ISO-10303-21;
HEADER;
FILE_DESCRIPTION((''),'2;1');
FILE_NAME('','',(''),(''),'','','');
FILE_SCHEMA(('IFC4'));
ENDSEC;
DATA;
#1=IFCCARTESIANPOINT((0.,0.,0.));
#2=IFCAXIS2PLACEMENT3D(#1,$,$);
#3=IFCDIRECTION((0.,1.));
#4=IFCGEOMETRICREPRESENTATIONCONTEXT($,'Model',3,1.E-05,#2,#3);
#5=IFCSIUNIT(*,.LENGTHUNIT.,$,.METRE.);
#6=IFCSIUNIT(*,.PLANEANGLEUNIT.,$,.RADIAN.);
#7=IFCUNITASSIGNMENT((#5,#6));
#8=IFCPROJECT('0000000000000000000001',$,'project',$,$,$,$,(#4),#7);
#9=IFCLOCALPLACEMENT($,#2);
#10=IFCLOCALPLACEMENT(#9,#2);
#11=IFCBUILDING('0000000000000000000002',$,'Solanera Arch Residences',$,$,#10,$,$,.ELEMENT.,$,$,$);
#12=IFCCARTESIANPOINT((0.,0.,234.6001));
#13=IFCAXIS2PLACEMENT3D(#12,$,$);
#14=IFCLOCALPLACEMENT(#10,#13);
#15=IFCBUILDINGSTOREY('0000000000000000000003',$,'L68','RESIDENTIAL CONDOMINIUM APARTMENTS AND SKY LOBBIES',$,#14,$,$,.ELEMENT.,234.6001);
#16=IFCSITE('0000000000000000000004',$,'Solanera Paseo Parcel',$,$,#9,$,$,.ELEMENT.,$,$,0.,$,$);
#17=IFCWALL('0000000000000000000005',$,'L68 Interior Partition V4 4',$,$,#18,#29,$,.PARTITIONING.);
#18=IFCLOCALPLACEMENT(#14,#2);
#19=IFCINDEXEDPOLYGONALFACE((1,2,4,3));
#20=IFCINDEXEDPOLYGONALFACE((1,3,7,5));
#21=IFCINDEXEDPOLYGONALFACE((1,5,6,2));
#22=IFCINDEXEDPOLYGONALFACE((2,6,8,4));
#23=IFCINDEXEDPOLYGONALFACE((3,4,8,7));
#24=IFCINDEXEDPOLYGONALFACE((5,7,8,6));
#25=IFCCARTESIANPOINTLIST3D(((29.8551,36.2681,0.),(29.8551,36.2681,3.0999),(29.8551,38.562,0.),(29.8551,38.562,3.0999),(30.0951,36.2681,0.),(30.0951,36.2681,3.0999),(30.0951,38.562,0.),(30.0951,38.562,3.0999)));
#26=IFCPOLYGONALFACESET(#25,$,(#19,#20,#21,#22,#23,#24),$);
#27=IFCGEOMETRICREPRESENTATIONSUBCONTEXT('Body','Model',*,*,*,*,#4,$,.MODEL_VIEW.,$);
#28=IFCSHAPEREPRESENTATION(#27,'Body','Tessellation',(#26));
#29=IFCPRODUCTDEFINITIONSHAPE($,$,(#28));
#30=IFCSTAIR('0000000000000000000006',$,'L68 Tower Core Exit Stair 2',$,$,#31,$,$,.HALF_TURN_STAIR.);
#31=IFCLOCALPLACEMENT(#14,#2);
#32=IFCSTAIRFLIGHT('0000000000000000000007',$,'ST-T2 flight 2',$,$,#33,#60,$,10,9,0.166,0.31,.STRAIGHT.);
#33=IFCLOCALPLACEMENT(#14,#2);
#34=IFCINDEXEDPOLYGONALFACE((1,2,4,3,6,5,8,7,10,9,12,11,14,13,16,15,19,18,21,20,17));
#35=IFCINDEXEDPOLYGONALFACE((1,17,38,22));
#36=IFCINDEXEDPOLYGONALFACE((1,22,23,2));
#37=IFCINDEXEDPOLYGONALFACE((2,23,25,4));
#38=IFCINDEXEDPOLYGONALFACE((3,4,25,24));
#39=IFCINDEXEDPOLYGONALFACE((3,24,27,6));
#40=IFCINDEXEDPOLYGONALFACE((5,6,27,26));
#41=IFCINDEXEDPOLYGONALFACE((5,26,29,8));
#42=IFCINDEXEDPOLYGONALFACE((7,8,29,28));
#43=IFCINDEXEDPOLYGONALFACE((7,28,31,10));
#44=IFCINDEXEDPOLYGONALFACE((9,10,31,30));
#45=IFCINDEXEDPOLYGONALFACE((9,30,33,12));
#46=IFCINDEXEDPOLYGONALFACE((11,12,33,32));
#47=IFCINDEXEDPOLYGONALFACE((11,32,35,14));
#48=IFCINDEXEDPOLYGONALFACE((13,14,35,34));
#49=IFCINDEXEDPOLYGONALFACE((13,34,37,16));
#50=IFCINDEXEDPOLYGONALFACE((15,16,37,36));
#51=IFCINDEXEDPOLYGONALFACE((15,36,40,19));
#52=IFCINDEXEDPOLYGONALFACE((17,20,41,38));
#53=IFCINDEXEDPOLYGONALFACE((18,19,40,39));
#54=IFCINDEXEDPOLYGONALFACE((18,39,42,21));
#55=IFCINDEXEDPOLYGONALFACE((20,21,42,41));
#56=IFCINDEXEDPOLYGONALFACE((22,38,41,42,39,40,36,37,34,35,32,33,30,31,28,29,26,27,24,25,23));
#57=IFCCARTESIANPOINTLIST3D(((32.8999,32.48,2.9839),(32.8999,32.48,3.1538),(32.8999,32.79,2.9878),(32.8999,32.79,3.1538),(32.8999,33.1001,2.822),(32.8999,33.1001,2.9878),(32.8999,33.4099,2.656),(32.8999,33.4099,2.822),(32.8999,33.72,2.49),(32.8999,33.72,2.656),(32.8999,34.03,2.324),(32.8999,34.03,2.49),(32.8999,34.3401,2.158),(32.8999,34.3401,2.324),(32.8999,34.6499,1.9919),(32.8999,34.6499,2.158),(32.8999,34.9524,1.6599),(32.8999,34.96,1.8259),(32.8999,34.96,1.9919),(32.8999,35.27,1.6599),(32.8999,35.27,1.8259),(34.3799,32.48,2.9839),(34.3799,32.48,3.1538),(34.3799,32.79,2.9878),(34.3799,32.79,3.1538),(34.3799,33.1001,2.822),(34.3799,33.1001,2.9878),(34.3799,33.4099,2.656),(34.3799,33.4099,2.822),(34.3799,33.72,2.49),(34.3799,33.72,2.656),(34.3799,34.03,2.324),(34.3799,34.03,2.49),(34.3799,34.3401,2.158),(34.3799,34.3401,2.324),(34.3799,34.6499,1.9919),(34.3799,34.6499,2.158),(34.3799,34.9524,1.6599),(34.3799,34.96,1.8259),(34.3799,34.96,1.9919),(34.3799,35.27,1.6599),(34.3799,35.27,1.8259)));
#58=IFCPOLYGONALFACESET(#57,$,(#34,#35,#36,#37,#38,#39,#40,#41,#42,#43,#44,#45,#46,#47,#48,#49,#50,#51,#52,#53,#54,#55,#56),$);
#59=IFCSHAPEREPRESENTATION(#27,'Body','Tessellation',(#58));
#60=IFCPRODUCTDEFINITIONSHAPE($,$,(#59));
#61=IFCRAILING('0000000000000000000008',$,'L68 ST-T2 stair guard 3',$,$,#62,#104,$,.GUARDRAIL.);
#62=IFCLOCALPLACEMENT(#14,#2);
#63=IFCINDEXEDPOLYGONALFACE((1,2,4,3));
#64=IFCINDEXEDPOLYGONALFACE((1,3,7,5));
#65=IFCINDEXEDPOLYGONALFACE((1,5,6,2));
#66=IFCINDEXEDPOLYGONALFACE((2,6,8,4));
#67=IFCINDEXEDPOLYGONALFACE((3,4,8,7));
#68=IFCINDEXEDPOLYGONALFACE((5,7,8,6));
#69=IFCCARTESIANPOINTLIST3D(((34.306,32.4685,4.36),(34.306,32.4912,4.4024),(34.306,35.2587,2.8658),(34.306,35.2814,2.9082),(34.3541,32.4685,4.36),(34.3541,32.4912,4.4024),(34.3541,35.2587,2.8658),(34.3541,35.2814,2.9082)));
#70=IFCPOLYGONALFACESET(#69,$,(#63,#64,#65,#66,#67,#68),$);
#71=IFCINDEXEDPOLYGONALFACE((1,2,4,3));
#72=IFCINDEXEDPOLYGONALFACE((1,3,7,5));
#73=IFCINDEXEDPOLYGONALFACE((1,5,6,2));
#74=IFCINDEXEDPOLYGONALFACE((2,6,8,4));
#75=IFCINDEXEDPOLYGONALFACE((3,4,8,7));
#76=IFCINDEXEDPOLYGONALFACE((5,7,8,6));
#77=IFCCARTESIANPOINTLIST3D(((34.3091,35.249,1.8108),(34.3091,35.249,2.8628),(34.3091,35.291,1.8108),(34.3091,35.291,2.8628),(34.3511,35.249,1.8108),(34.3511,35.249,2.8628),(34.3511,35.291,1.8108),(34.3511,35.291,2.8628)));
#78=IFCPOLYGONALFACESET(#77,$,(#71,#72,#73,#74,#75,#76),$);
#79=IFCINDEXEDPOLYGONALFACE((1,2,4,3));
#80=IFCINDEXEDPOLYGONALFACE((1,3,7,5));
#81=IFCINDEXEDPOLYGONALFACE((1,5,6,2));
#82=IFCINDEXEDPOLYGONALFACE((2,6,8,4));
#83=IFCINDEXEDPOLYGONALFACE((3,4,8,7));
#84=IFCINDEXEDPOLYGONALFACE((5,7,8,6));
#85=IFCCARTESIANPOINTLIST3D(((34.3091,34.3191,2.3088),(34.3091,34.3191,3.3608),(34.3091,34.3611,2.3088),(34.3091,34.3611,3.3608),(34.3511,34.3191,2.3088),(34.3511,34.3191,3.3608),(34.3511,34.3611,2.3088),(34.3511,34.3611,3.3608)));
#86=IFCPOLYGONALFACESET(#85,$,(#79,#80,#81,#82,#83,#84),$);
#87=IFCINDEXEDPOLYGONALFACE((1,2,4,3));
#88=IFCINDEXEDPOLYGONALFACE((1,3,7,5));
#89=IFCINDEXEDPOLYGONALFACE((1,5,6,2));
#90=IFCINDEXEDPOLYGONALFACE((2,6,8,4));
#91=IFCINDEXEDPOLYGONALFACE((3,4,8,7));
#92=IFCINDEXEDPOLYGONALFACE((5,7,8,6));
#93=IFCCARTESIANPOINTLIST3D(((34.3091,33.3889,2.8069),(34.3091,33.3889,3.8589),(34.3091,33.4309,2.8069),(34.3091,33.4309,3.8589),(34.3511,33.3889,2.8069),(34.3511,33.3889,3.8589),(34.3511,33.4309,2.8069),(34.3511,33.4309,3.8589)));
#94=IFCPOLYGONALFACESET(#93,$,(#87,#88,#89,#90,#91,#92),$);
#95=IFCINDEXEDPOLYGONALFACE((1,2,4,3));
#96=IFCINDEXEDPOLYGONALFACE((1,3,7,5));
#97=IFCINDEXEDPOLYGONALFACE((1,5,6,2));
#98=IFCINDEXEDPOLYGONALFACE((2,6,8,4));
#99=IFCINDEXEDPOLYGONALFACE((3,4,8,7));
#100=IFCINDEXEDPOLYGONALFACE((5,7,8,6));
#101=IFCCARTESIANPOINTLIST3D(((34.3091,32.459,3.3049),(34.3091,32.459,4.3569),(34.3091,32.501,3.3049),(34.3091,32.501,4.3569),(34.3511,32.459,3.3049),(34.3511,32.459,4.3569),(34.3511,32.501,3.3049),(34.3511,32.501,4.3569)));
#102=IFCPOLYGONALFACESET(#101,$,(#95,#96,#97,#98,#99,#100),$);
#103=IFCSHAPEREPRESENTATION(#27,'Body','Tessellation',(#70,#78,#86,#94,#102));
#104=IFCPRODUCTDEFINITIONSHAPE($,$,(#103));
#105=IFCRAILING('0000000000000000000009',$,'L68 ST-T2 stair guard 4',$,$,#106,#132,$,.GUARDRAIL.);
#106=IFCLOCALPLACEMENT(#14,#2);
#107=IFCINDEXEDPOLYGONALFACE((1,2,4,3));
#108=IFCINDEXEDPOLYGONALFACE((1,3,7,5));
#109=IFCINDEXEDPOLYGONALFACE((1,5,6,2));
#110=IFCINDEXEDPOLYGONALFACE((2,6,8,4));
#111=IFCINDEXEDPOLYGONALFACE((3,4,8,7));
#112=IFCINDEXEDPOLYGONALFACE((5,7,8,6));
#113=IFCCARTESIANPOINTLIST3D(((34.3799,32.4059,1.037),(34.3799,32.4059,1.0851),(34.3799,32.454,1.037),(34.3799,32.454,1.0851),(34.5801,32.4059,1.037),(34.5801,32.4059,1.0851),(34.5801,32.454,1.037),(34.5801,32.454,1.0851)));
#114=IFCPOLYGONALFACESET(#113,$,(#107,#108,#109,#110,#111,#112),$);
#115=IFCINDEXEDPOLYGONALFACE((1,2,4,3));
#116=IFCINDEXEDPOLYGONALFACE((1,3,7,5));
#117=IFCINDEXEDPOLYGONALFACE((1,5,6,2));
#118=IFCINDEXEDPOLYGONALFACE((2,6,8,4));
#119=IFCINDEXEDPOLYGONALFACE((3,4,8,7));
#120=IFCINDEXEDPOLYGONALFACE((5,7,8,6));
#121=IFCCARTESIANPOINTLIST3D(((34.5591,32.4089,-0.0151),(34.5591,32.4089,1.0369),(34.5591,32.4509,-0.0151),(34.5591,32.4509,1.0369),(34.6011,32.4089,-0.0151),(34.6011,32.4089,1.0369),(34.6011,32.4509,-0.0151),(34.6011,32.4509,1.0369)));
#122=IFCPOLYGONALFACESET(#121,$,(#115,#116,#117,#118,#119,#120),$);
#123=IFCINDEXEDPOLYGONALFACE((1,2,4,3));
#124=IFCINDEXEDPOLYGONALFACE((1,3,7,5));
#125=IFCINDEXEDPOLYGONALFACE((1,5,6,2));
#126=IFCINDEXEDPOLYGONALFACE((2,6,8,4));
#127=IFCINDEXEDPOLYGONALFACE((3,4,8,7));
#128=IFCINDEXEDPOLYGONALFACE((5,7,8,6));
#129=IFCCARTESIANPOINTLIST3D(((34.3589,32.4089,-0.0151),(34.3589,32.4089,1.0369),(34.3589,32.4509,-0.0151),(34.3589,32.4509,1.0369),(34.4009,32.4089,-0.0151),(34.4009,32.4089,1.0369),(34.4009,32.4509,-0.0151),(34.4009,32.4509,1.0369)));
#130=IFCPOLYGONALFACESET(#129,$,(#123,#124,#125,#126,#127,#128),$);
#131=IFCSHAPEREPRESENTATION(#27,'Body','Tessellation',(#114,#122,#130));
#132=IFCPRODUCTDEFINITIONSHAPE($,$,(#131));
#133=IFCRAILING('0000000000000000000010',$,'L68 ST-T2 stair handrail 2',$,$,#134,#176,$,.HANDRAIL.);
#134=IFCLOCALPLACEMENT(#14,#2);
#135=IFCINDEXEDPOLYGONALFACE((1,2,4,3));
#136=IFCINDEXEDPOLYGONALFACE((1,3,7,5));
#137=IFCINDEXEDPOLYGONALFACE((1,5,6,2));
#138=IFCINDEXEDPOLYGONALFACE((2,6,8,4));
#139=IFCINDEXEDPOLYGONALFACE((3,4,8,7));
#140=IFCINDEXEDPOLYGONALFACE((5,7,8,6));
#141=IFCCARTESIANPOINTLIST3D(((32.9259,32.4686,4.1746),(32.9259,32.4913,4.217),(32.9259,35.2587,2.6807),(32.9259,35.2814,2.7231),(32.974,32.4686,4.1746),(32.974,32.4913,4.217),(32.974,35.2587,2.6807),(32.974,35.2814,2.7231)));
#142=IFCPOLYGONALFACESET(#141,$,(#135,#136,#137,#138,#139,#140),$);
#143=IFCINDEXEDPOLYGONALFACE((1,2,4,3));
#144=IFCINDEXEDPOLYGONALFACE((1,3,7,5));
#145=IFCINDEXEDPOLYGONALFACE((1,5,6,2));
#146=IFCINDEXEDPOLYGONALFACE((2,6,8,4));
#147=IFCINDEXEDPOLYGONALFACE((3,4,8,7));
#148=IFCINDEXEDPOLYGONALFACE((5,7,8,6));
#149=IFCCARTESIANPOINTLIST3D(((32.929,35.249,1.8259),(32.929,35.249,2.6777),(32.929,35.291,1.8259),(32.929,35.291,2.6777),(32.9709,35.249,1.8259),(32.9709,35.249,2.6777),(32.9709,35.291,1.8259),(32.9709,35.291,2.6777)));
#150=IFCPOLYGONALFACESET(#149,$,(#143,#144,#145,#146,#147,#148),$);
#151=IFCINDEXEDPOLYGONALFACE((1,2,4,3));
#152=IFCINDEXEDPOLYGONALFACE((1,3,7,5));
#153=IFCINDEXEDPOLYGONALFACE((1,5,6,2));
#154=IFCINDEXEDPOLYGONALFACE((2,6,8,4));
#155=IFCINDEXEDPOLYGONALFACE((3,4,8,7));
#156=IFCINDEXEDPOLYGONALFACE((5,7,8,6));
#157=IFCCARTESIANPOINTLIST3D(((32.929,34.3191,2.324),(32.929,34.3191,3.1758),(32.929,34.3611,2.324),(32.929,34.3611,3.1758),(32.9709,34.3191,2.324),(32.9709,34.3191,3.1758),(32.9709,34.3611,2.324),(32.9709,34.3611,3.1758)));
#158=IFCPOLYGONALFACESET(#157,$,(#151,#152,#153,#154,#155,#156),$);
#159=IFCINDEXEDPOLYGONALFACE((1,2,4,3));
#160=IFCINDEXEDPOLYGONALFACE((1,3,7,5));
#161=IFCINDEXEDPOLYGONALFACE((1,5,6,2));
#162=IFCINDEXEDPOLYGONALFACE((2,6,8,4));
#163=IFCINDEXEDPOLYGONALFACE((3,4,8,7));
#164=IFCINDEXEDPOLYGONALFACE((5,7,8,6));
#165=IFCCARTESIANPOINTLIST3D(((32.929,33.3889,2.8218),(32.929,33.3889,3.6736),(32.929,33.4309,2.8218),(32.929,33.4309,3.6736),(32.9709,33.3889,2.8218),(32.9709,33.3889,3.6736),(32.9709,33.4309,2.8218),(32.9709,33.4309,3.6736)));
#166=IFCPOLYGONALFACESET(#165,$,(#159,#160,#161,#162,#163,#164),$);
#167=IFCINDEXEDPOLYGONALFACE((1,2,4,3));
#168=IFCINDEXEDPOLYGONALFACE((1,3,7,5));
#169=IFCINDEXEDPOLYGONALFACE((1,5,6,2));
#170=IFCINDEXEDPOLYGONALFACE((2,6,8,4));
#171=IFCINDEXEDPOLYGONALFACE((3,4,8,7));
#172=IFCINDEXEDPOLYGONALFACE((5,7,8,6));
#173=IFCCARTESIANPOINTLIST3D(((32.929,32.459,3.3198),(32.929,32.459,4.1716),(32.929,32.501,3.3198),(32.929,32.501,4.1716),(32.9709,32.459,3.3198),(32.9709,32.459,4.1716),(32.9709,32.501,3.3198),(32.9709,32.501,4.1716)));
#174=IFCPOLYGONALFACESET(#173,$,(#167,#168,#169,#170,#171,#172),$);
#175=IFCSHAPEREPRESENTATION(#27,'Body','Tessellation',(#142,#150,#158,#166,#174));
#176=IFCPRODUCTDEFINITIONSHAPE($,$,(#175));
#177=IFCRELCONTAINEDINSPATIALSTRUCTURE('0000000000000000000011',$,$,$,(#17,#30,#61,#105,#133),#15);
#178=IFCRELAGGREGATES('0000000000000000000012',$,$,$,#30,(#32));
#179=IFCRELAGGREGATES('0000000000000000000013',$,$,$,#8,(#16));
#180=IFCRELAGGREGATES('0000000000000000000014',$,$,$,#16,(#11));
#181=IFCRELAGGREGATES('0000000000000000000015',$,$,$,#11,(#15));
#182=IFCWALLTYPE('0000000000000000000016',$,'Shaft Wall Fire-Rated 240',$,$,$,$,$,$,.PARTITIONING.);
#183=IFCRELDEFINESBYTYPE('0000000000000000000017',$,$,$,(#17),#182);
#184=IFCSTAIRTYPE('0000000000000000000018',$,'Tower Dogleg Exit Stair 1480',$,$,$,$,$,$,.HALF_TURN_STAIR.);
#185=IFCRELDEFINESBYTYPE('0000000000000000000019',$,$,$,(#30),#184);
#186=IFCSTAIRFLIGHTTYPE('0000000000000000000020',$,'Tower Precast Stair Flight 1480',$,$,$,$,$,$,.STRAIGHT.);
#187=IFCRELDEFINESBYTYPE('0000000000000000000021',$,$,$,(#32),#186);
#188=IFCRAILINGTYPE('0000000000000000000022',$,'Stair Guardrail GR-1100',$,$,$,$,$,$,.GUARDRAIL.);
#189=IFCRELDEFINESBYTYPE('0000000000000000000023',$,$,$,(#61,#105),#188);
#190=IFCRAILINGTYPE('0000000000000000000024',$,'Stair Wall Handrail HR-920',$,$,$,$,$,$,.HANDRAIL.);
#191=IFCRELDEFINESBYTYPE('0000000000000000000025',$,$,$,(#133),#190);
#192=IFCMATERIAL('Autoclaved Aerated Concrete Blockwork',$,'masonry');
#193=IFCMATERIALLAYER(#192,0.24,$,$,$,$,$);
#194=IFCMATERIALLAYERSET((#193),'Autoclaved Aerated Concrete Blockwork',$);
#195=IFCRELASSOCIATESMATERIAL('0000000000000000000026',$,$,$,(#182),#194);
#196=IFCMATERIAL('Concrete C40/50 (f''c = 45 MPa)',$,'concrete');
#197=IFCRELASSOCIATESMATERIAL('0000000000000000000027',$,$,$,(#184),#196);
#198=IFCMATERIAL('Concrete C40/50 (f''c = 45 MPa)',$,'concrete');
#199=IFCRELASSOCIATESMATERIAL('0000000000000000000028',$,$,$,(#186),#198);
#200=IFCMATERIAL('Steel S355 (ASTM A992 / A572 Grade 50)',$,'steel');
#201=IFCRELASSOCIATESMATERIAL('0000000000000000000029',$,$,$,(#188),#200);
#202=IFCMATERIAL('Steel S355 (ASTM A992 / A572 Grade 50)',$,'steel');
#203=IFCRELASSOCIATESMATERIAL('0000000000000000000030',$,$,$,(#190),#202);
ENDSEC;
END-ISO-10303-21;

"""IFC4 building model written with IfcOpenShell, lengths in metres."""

from ifc_helpers import new_model, si_unit, direction, frame, frame_2d, origin, origin_2d, place, context, subcontext, project, spatial, polyline, rectangle, outline, extrude, material, layer, layer_set, type_object, element, aggregate, save


model = new_model("IFC4")

# Units and contexts
model_context = context("Model", 3, precision=1e-05, world=origin(), true_north=direction((0.0, 1.0)))
body_context = subcontext(model_context, "Body", "Model", "MODEL_VIEW")
ifc_project = project(units=[si_unit("LENGTHUNIT", "METRE"), si_unit("PLANEANGLEUNIT", "RADIAN")], contexts=[model_context])

# Site, building, storey
site_placement = place(None, origin())
site = spatial("IfcSite", under=ifc_project, at=site_placement, Name="Solanera Paseo Parcel", CompositionType="ELEMENT", RefElevation=0.0)
building_placement = place(site_placement, origin())
building = spatial("IfcBuilding", under=site, at=building_placement, Name="Solanera Arch Residences", CompositionType="ELEMENT")
storey_placement = place(building_placement, frame((0.0, 0.0, 234.6001)))
storey = spatial("IfcBuildingStorey", under=building, at=storey_placement, Name="L68", Description="RESIDENTIAL CONDOMINIUM APARTMENTS AND SKY LOBBIES", CompositionType="ELEMENT", Elevation=234.6001)

# Shared definitions
ifc_material_1 = material(Name="Autoclaved Aerated Concrete Blockwork", Category="masonry")
ifc_layer_1 = layer(ifc_material_1, 0.24)
ifc_layer_set_1 = layer_set([ifc_layer_1], Name="Autoclaved Aerated Concrete Blockwork")
wall_type_1 = type_object("IfcWallType", Name="Shaft Wall Fire-Rated 240", PredefinedType="PARTITIONING", material=ifc_layer_set_1)

# Wall
wall_1_placement = place(storey_placement, frame((29.9751, 36.2681, 0.0), z_axis=(0.0, 0.0, 1.0), x_axis=(0.0, 1.0, 0.0)))
element("IfcWall", 1, at=wall_1_placement, inside=storey, type_object=wall_type_1, Name="L68 Interior Partition V4 4", PredefinedType="PARTITIONING", context=body_context, shape_type="SweptSolid", body=[
    extrude(rectangle(XDim=2.2939, YDim=0.24, at=frame_2d((1.147, 0.0))), origin(), (0.0, 0.0, 1.0), 3.0999),
])

# Stair, stair flight
ifc_material_2 = material(Name="Concrete C40/50 (f'c = 45 MPa)", Category="concrete")
stair_type = type_object("IfcStairType", Name="Tower Dogleg Exit Stair 1480", PredefinedType="HALF_TURN_STAIR", material=ifc_material_2)
stair_placement = place(storey_placement, origin())
stair = element("IfcStair", 2, at=stair_placement, inside=storey, type_object=stair_type, Name="L68 Tower Core Exit Stair 2", PredefinedType="HALF_TURN_STAIR")
ifc_material_3 = material(Name="Concrete C40/50 (f'c = 45 MPa)", Category="concrete")
stair_flight_type = type_object("IfcStairFlightType", Name="Tower Precast Stair Flight 1480", PredefinedType="STRAIGHT", material=ifc_material_3)
stair_flight_placement = place(storey_placement, frame((33.6399, 35.27, 1.6599), z_axis=(0.0, 0.0, 1.0), x_axis=(0.0, -1.0, 0.0)))
stair_flight = element("IfcStairFlight", 3, at=stair_flight_placement, type_object=stair_flight_type, Name="ST-T2 flight 2", NumberOfRisers=10, NumberOfTreads=9, PredefinedType="STRAIGHT", RiserHeight=0.166, TreadLength=0.31, context=body_context, shape_type="SweptSolid", body=[
    extrude(outline(polyline([(0.0, 0.0), (0.0, 0.166), (0.3101, 0.166), (0.3101, 0.332), (0.6201, 0.332), (0.6201, 0.498), (0.9299, 0.498), (0.9299, 0.6641), (1.24, 0.6641), (1.24, 0.8301), (1.55, 0.8301), (1.55, 0.9961), (1.8601, 0.9961), (1.8601, 1.1621), (2.1699, 1.1621), (2.1699, 1.3279), (2.48, 1.3279), (2.48, 1.4939), (2.79, 1.4939), (2.79, 1.6599), (2.79, 1.324), (0.3176, 0.0), (0.0, 0.0)])), frame((0.0, 0.74, 0.0), z_axis=(0.0, -1.0, 0.0), x_axis=(1.0, 0.0, 0.0)), (0.0, 0.0, 1.0), 1.48),
])
aggregate(stair, [stair_flight])

# Railings
ifc_material_4 = material(Name="Steel S355 (ASTM A992 / A572 Grade 50)", Category="steel")
railing_type_1 = type_object("IfcRailingType", Name="Stair Guardrail GR-1100", PredefinedType="GUARDRAIL", material=ifc_material_4)
railing_1_placement = place(storey_placement, frame((34.3301, 35.27, 1.8108)))
element("IfcRailing", 4, at=railing_1_placement, inside=storey, type_object=railing_type_1, Name="L68 ST-T2 stair guard 3", PredefinedType="GUARDRAIL", context=body_context, shape_type="SweptSolid", body=[
    extrude(rectangle(XDim=0.0481, YDim=0.0481, at=origin_2d()), frame((0.0, 0.0, 1.0762), z_axis=(0.0, -0.881549, 0.472093), x_axis=(1.0, 0.0, 0.0)), (0.0, 0.0, 1.0), 3.165),
    extrude(rectangle(XDim=0.042, YDim=0.042, at=origin_2d()), origin(), (0.0, 0.0, 1.0), 1.052),
    extrude(rectangle(XDim=0.042, YDim=0.042, at=origin_2d()), frame((0.0, -0.9299, 0.498)), (0.0, 0.0, 1.0), 1.052),
    extrude(rectangle(XDim=0.042, YDim=0.042, at=origin_2d()), frame((0.0, -1.8601, 0.9961)), (0.0, 0.0, 1.0), 1.052),
    extrude(rectangle(XDim=0.042, YDim=0.042, at=origin_2d()), frame((0.0, -2.79, 1.4941)), (0.0, 0.0, 1.0), 1.052),
])
railing_2_placement = place(storey_placement, frame((34.5801, 32.4299, -0.0151)))
element("IfcRailing", 5, at=railing_2_placement, inside=storey, type_object=railing_type_1, Name="L68 ST-T2 stair guard 4", PredefinedType="GUARDRAIL", context=body_context, shape_type="SweptSolid", body=[
    extrude(rectangle(XDim=0.0481, YDim=0.0481, at=origin_2d()), frame((0.0, 0.0, 1.0762), z_axis=(-1.0, 0.0, 0.0), x_axis=(0.0, -1.0, 0.0)), (0.0, 0.0, 1.0), 0.2002),
    extrude(rectangle(XDim=0.042, YDim=0.042, at=origin_2d()), origin(), (0.0, 0.0, 1.0), 1.052),
    extrude(rectangle(XDim=0.042, YDim=0.042, at=origin_2d()), frame((-0.2002, 0.0, 0.0)), (0.0, 0.0, 1.0), 1.052),
])
ifc_material_5 = material(Name="Steel S355 (ASTM A992 / A572 Grade 50)", Category="steel")
railing_type_2 = type_object("IfcRailingType", Name="Stair Wall Handrail HR-920", PredefinedType="HANDRAIL", material=ifc_material_5)
railing_3_placement = place(storey_placement, frame((32.95, 35.27, 1.8259)))
element("IfcRailing", 6, at=railing_3_placement, inside=storey, type_object=railing_type_2, Name="L68 ST-T2 stair handrail 2", PredefinedType="HANDRAIL", context=body_context, shape_type="SweptSolid", body=[
    extrude(rectangle(XDim=0.0481, YDim=0.0481, at=origin_2d()), frame((0.0, 0.0, 0.876), z_axis=(0.0, -0.881581, 0.472033), x_axis=(1.0, 0.0, 0.0)), (0.0, 0.0, 1.0), 3.1648),
    extrude(rectangle(XDim=0.042, YDim=0.042, at=origin_2d()), origin(), (0.0, 0.0, 1.0), 0.8518),
    extrude(rectangle(XDim=0.042, YDim=0.042, at=origin_2d()), frame((0.0, -0.9299, 0.498)), (0.0, 0.0, 1.0), 0.8518),
    extrude(rectangle(XDim=0.042, YDim=0.042, at=origin_2d()), frame((0.0, -1.8601, 0.9958)), (0.0, 0.0, 1.0), 0.8518),
    extrude(rectangle(XDim=0.042, YDim=0.042, at=origin_2d()), frame((0.0, -2.79, 1.4939)), (0.0, 0.0, 1.0), 0.8518),
])

save(model, "model.ifc")
